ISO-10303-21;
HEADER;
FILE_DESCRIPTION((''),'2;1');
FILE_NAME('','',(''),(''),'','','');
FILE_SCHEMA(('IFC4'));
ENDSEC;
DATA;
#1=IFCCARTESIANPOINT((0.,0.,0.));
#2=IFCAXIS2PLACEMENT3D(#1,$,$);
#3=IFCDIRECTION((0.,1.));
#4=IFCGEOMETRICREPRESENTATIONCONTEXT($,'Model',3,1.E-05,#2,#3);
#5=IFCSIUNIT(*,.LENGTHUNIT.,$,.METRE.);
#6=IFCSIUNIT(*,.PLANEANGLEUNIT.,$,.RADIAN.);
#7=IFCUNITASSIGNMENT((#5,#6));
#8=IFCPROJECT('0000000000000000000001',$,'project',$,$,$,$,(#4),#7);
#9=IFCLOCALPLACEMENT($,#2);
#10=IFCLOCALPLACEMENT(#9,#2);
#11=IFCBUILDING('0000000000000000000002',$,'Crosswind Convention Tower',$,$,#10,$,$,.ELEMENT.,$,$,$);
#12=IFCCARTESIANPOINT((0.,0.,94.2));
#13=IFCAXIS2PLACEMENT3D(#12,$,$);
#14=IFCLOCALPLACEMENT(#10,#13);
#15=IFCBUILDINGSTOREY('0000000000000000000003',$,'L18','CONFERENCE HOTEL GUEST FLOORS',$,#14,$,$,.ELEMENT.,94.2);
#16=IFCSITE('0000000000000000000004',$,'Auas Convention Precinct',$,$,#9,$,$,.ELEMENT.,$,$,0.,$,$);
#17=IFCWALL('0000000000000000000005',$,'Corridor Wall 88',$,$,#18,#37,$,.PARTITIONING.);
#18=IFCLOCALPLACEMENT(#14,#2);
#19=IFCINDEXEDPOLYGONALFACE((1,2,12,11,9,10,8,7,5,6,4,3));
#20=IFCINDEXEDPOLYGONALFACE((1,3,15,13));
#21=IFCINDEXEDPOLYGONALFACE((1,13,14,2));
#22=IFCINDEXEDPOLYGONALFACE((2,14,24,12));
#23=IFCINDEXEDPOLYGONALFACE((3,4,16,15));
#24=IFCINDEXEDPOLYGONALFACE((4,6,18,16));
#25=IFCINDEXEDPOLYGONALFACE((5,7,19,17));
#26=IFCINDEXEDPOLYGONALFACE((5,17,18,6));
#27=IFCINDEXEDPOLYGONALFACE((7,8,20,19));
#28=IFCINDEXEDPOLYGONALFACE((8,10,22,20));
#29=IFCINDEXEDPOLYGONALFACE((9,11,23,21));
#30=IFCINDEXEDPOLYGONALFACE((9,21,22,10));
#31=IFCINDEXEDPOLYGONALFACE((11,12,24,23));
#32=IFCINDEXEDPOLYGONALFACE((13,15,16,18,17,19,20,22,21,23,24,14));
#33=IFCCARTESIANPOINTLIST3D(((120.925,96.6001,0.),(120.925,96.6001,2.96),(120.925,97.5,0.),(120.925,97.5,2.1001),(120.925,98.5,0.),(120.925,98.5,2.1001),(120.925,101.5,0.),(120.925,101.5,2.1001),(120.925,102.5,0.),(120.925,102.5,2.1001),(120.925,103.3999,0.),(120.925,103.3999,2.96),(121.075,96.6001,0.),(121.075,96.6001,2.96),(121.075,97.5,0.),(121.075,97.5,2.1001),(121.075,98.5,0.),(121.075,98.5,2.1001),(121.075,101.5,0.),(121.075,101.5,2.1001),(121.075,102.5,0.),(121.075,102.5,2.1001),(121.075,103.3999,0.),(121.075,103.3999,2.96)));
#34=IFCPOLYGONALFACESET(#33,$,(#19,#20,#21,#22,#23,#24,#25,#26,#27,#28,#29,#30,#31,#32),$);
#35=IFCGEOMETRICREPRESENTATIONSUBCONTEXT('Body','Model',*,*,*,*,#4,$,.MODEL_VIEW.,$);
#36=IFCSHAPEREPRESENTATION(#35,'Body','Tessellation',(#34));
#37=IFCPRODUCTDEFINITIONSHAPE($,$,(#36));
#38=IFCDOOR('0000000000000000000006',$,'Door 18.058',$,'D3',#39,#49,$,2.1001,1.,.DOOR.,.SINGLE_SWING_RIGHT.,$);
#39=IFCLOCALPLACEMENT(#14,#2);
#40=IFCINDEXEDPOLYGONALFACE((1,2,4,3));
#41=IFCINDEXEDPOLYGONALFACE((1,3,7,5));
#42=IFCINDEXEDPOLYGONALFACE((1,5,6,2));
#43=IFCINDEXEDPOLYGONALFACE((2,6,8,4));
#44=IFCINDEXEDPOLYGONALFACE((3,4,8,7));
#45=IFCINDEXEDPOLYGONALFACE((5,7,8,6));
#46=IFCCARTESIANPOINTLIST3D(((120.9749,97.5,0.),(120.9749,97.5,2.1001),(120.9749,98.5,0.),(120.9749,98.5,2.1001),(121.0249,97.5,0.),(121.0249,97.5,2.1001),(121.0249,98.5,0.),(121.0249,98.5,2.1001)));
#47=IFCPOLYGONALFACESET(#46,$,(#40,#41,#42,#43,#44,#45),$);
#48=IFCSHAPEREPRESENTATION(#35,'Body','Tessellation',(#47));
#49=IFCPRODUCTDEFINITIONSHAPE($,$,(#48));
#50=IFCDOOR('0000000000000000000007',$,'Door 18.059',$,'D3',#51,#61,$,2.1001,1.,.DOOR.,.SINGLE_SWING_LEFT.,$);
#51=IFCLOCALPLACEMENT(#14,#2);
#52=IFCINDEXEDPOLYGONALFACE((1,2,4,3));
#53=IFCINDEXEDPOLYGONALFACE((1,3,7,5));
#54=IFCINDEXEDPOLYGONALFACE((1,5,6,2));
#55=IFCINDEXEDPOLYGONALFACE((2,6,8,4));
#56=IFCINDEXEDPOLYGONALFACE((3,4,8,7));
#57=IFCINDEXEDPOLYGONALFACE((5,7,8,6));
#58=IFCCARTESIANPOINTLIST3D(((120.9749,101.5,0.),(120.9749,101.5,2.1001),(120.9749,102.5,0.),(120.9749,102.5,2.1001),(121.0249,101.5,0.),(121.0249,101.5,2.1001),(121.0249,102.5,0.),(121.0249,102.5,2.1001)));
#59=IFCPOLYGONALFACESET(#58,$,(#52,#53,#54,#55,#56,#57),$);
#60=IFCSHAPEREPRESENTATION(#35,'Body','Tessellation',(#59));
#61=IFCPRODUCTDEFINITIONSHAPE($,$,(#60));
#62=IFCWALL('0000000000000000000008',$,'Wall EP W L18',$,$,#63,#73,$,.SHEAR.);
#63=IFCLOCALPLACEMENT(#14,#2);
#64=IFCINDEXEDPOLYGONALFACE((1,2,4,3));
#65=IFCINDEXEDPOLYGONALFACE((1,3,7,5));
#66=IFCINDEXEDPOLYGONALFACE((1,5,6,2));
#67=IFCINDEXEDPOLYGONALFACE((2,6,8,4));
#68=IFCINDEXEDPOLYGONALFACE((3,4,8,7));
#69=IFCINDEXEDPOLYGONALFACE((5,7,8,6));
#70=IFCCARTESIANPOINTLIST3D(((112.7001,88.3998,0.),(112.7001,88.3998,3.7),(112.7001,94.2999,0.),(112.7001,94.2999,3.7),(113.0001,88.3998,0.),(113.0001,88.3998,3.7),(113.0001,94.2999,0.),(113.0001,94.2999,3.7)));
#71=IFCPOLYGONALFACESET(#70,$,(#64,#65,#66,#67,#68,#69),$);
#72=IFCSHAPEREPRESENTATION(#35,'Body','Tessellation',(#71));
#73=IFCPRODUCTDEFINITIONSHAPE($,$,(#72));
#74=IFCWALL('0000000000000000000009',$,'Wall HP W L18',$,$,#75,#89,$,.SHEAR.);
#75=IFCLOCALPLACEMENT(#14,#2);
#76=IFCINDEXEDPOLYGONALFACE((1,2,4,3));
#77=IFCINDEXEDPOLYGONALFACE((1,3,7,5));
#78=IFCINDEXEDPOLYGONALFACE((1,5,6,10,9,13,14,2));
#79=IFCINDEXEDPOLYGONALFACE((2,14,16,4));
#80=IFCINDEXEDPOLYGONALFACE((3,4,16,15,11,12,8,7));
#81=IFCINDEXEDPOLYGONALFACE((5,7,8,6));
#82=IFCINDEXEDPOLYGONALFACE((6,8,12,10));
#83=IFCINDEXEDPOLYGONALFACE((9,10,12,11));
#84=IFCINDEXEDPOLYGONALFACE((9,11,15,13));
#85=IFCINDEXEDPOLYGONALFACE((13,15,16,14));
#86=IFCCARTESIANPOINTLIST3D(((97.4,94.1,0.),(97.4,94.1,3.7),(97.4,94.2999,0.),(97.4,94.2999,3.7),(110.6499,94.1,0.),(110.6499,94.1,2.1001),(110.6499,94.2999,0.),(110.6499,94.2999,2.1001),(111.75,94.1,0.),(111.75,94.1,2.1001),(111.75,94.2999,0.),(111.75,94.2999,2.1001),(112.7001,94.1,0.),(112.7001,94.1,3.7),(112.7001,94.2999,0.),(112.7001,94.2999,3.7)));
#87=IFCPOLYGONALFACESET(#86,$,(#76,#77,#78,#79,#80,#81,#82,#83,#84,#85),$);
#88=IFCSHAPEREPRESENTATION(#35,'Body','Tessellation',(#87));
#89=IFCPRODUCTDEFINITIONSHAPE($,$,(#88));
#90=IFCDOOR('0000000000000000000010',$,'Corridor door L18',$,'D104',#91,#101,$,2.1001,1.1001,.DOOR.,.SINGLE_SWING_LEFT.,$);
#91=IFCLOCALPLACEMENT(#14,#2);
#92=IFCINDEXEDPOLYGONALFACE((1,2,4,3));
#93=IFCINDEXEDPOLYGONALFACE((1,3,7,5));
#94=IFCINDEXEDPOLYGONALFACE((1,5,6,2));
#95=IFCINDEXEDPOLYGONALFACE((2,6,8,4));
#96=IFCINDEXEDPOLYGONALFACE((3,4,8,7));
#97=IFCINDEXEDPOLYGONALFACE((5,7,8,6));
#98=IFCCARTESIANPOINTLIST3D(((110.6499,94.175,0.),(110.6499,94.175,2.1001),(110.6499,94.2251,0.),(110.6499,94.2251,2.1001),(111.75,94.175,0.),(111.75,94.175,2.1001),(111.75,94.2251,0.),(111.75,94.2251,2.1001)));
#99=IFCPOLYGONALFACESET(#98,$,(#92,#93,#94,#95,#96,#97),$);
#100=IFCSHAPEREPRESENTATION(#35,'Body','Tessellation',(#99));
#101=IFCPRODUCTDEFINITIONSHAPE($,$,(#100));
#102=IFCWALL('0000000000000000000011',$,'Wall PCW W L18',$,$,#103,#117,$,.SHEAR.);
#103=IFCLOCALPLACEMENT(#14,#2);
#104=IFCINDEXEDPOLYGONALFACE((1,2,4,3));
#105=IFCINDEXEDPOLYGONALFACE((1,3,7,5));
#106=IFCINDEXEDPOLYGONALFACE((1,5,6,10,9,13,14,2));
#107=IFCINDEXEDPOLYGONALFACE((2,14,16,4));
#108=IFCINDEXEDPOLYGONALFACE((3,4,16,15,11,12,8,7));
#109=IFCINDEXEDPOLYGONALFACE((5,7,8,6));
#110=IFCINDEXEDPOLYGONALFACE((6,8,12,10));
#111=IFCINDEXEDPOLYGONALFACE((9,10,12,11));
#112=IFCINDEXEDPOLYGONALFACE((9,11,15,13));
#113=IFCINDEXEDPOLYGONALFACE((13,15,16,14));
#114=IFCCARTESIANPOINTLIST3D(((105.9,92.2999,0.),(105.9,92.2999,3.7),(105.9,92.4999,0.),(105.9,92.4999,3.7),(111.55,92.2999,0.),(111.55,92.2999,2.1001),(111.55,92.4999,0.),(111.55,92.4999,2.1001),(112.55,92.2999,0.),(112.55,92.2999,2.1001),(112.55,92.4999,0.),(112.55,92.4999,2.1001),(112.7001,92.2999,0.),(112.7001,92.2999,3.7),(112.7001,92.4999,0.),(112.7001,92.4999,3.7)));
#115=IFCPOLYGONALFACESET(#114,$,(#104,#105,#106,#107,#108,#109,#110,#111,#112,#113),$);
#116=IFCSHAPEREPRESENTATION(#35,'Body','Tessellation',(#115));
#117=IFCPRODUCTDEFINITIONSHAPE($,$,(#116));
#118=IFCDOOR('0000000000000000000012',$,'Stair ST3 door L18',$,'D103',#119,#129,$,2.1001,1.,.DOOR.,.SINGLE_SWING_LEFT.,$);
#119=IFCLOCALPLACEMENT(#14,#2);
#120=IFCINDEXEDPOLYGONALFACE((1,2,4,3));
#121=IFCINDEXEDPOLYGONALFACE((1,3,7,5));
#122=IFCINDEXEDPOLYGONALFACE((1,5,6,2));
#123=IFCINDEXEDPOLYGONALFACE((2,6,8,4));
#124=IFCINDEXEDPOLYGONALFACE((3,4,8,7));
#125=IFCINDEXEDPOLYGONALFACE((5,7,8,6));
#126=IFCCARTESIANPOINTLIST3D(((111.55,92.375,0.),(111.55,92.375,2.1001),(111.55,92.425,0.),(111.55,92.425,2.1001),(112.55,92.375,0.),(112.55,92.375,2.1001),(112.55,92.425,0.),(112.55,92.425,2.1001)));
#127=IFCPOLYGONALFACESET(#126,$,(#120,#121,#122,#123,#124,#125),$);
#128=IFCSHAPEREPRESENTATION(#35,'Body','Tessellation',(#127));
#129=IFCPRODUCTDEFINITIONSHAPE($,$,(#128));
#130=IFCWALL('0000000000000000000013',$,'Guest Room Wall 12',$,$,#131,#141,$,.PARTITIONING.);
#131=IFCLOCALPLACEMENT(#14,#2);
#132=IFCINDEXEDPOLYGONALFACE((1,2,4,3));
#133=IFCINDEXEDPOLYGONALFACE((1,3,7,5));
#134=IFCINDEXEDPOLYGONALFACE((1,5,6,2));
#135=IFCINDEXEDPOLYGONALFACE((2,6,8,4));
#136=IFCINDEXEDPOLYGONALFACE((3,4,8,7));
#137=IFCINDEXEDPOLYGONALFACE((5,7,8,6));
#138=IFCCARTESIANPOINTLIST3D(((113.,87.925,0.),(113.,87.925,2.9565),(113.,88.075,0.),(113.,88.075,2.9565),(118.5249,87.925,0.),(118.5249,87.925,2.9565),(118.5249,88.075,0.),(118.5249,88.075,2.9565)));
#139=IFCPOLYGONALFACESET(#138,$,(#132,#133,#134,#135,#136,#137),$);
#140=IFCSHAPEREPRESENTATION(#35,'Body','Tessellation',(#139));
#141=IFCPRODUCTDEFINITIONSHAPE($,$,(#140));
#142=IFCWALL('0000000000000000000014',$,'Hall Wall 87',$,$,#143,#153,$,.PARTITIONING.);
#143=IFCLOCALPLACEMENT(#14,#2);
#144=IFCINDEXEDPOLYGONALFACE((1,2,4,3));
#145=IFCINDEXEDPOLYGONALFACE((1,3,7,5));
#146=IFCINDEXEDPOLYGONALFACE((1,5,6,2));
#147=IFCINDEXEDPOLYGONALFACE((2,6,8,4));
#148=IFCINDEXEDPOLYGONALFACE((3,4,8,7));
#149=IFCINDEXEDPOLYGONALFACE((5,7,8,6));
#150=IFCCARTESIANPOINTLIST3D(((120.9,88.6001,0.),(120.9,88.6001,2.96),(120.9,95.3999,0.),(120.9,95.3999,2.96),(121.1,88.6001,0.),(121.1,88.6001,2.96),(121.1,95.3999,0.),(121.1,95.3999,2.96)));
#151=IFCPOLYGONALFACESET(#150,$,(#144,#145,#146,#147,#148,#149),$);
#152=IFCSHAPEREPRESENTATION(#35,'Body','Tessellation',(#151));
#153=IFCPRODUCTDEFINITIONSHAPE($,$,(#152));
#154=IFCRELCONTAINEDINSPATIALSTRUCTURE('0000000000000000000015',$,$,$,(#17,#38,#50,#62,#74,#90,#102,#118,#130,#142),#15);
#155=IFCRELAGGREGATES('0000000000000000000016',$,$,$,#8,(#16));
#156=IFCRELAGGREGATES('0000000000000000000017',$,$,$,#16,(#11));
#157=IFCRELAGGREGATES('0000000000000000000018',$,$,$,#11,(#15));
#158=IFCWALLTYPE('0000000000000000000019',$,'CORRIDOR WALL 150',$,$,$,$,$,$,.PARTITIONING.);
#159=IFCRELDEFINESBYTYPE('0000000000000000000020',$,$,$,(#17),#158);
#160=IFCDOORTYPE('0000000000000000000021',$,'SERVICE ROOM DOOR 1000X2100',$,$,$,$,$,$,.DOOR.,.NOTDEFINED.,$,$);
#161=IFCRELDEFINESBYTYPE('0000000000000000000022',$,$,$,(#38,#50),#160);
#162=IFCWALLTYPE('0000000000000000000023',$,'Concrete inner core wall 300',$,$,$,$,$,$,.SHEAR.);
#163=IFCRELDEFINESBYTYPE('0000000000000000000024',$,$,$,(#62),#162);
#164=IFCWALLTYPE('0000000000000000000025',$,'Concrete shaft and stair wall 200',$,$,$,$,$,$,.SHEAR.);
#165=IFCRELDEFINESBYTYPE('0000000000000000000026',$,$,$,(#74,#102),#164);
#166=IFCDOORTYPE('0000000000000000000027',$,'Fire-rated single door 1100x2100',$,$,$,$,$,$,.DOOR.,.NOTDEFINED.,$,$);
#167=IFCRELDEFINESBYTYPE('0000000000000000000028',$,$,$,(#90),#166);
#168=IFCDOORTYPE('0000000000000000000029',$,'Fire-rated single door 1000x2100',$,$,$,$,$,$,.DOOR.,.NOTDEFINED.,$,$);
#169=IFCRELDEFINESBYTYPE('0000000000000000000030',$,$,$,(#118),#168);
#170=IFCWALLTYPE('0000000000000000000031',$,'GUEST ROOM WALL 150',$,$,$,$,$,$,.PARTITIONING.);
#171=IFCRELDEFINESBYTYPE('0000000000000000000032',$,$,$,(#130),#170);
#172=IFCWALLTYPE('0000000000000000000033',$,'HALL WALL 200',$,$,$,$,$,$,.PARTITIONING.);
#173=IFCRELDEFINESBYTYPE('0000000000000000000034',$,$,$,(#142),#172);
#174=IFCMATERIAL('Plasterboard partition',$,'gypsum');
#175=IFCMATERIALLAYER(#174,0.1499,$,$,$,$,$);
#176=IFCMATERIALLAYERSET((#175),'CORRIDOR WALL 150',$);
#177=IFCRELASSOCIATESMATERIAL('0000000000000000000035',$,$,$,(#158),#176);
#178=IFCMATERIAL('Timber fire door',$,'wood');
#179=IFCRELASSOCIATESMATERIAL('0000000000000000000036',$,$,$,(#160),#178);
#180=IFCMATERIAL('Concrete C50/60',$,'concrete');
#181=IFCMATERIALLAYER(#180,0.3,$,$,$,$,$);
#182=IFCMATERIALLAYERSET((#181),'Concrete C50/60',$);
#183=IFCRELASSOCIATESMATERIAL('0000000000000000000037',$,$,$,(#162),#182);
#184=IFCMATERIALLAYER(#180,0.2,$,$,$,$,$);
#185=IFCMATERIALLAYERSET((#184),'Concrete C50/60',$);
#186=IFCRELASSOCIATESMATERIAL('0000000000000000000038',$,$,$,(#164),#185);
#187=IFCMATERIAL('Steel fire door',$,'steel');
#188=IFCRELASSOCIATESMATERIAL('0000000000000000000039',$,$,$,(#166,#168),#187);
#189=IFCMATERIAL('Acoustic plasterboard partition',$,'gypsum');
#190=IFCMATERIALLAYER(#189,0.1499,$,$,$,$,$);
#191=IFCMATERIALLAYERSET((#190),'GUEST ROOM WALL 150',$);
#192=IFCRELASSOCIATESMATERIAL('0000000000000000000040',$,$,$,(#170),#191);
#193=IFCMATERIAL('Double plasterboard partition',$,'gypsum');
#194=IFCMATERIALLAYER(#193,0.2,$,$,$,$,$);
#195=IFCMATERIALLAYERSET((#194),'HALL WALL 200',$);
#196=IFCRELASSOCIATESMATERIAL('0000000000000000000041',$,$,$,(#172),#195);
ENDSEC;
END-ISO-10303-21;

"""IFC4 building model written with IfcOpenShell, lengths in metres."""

from ifc_helpers import new_model, si_unit, direction, frame, frame_2d, origin, place, context, subcontext, project, spatial, rectangle, extrude, material, layer, layer_set, type_object, element, fill, save


model = new_model("IFC4")

# Units and contexts
model_context = context("Model", 3, precision=1e-05, world=origin(), true_north=direction((0.0, 1.0)))
body_context = subcontext(model_context, "Body", "Model", "MODEL_VIEW")
ifc_project = project(units=[si_unit("LENGTHUNIT", "METRE"), si_unit("PLANEANGLEUNIT", "RADIAN")], contexts=[model_context])

# Site, building, storey
site_placement = place(None, origin())
site = spatial("IfcSite", under=ifc_project, at=site_placement, Name="Auas Convention Precinct", CompositionType="ELEMENT", RefElevation=0.0)
building_placement = place(site_placement, origin())
building = spatial("IfcBuilding", under=site, at=building_placement, Name="Crosswind Convention Tower", CompositionType="ELEMENT")
storey_placement = place(building_placement, frame((0.0, 0.0, 94.2)))
storey = spatial("IfcBuildingStorey", under=building, at=storey_placement, Name="L18", Description="CONFERENCE HOTEL GUEST FLOORS", CompositionType="ELEMENT", Elevation=94.2)

# Shared definitions
ifc_material_1 = material(Name="Plasterboard partition", Category="gypsum")
ifc_layer_1 = layer(ifc_material_1, 0.1499)
ifc_layer_set_1 = layer_set([ifc_layer_1], Name="CORRIDOR WALL 150")
wall_type_1 = type_object("IfcWallType", Name="CORRIDOR WALL 150", PredefinedType="PARTITIONING", material=ifc_layer_set_1)

# Shared definitions
ifc_material_2 = material(Name="Timber fire door", Category="wood")
door_type_1 = type_object("IfcDoorType", Name="SERVICE ROOM DOOR 1000X2100", OperationType="NOTDEFINED", PredefinedType="DOOR", material=ifc_material_2)

# Wall, openings, doors
wall_1_placement = place(storey_placement, frame((121.0, 96.6001, 0.0), z_axis=(0.0, 0.0, 1.0), x_axis=(0.0, 1.0, 0.0)))
wall_1 = element("IfcWall", 1, at=wall_1_placement, inside=storey, type_object=wall_type_1, Name="Corridor Wall 88", PredefinedType="PARTITIONING", context=body_context, shape_type="SweptSolid", body=[
    extrude(rectangle(XDim=6.7998, YDim=0.1499, at=frame_2d((3.3999, 0.0))), origin(), (0.0, 0.0, 1.0), 2.96),
])
opening_1_placement = place(wall_1_placement, frame((0.8999, 0.0, 0.0)))
opening_1 = element("IfcOpeningElement", 2, at=opening_1_placement, cuts=wall_1, PredefinedType="OPENING", context=body_context, shape_type="SweptSolid", body=[
    extrude(rectangle(XDim=1.0, YDim=2.1001, at=frame_2d((0.5, 1.05))), frame((0.0, 0.085, 0.0), z_axis=(0.0, -1.0, 0.0), x_axis=(1.0, 0.0, 0.0)), (0.0, 0.0, 1.0), 0.1699),
])
opening_2_placement = place(wall_1_placement, frame((4.8999, 0.0, 0.0)))
opening_2 = element("IfcOpeningElement", 3, at=opening_2_placement, cuts=wall_1, PredefinedType="OPENING", context=body_context, shape_type="SweptSolid", body=[
    extrude(rectangle(XDim=1.0, YDim=2.1001, at=frame_2d((0.5, 1.05))), frame((0.0, 0.085, 0.0), z_axis=(0.0, -1.0, 0.0), x_axis=(1.0, 0.0, 0.0)), (0.0, 0.0, 1.0), 0.1699),
])
door_1_placement = place(opening_1_placement, frame((1.0, 0.0, 0.0), z_axis=(0.0, 0.0, 1.0), x_axis=(-1.0, 0.0, 0.0)))
door_1 = element("IfcDoor", 4, at=door_1_placement, inside=storey, type_object=door_type_1, Name="Door 18.058", ObjectType="D3", OperationType="SINGLE_SWING_RIGHT", OverallHeight=2.1001, OverallWidth=1.0, PredefinedType="DOOR", context=body_context, shape_type="SweptSolid", body=[
    extrude(rectangle(XDim=1.0, YDim=2.1001, at=frame_2d((0.5, 1.05))), frame((0.0, 0.0249, 0.0), z_axis=(0.0, -1.0, 0.0), x_axis=(1.0, 0.0, 0.0)), (0.0, 0.0, 1.0), 0.05),
])
fill(opening_1, door_1)
door_2_placement = place(opening_2_placement, frame((1.0, 0.0, 0.0), z_axis=(0.0, 0.0, 1.0), x_axis=(-1.0, 0.0, 0.0)))
door_2 = element("IfcDoor", 5, at=door_2_placement, inside=storey, type_object=door_type_1, Name="Door 18.059", ObjectType="D3", OperationType="SINGLE_SWING_LEFT", OverallHeight=2.1001, OverallWidth=1.0, PredefinedType="DOOR", context=body_context, shape_type="SweptSolid", body=[
    extrude(rectangle(XDim=1.0, YDim=2.1001, at=frame_2d((0.5, 1.05))), frame((0.0, 0.0249, 0.0), z_axis=(0.0, -1.0, 0.0), x_axis=(1.0, 0.0, 0.0)), (0.0, 0.0, 1.0), 0.05),
])
fill(opening_2, door_2)

# Wall
ifc_material_3 = material(Name="Concrete C50/60", Category="concrete")
ifc_layer_2 = layer(ifc_material_3, 0.3)
ifc_layer_set_2 = layer_set([ifc_layer_2], Name="Concrete C50/60")
wall_type_2 = type_object("IfcWallType", Name="Concrete inner core wall 300", PredefinedType="SHEAR", material=ifc_layer_set_2)
wall_2_placement = place(storey_placement, frame((112.8501, 94.3, 0.0), z_axis=(0.0, 0.0, 1.0), x_axis=(0.0, -1.0, 0.0)))
element("IfcWall", 6, at=wall_2_placement, inside=storey, type_object=wall_type_2, Name="Wall EP W L18", PredefinedType="SHEAR", context=body_context, shape_type="SweptSolid", body=[
    extrude(rectangle(XDim=5.9001, YDim=0.3, at=frame_2d((2.9502, 0.0))), origin(), (0.0, 0.0, 1.0), 3.7),
])

# Walls, openings, doors
ifc_layer_3 = layer(ifc_material_3, 0.2)
ifc_layer_set_3 = layer_set([ifc_layer_3], Name="Concrete C50/60")
wall_type_3 = type_object("IfcWallType", Name="Concrete shaft and stair wall 200", PredefinedType="SHEAR", material=ifc_layer_set_3)
wall_3_placement = place(storey_placement, frame((112.7, 94.2, 0.0), z_axis=(0.0, 0.0, 1.0), x_axis=(-1.0, 0.0, 0.0)))
wall_3 = element("IfcWall", 7, at=wall_3_placement, inside=storey, type_object=wall_type_3, Name="Wall HP W L18", PredefinedType="SHEAR", context=body_context, shape_type="SweptSolid", body=[
    extrude(rectangle(XDim=15.3, YDim=0.2, at=frame_2d((7.6499, 0.0))), origin(), (0.0, 0.0, 1.0), 3.7),
])
opening_3_placement = place(wall_3_placement, frame((0.95, 0.0, 0.0)))
opening_3 = element("IfcOpeningElement", 8, at=opening_3_placement, cuts=wall_3, PredefinedType="OPENING", context=body_context, shape_type="SweptSolid", body=[
    extrude(rectangle(XDim=1.1001, YDim=2.1001, at=frame_2d((0.55, 1.05))), frame((0.0, 0.1099, 0.0), z_axis=(0.0, -1.0, 0.0), x_axis=(1.0, 0.0, 0.0)), (0.0, 0.0, 1.0), 0.22),
])
ifc_material_4 = material(Name="Steel fire door", Category="steel")
door_type_2 = type_object("IfcDoorType", Name="Fire-rated single door 1100x2100", OperationType="NOTDEFINED", PredefinedType="DOOR", material=ifc_material_4)
door_3_placement = place(opening_3_placement, origin())
door_3 = element("IfcDoor", 9, at=door_3_placement, inside=storey, type_object=door_type_2, Name="Corridor door L18", ObjectType="D104", OperationType="SINGLE_SWING_LEFT", OverallHeight=2.1001, OverallWidth=1.1001, PredefinedType="DOOR", context=body_context, shape_type="SweptSolid", body=[
    extrude(rectangle(XDim=1.1001, YDim=2.1001, at=frame_2d((0.55, 1.05))), frame((0.0, 0.0249, 0.0), z_axis=(0.0, -1.0, 0.0), x_axis=(1.0, 0.0, 0.0)), (0.0, 0.0, 1.0), 0.05),
])
fill(opening_3, door_3)
wall_4_placement = place(storey_placement, frame((112.7, 92.3999, 0.0), z_axis=(0.0, 0.0, 1.0), x_axis=(-1.0, 0.0, 0.0)))
wall_4 = element("IfcWall", 10, at=wall_4_placement, inside=storey, type_object=wall_type_3, Name="Wall PCW W L18", PredefinedType="SHEAR", context=body_context, shape_type="SweptSolid", body=[
    extrude(rectangle(XDim=6.8, YDim=0.2, at=frame_2d((3.3999, 0.0))), origin(), (0.0, 0.0, 1.0), 3.7),
])
opening_4_placement = place(wall_4_placement, frame((0.1499, 0.0, 0.0)))
opening_4 = element("IfcOpeningElement", 11, at=opening_4_placement, cuts=wall_4, PredefinedType="OPENING", context=body_context, shape_type="SweptSolid", body=[
    extrude(rectangle(XDim=1.0, YDim=2.1001, at=frame_2d((0.5, 1.05))), frame((0.0, 0.1099, 0.0), z_axis=(0.0, -1.0, 0.0), x_axis=(1.0, 0.0, 0.0)), (0.0, 0.0, 1.0), 0.22),
])
door_type_3 = type_object("IfcDoorType", Name="Fire-rated single door 1000x2100", OperationType="NOTDEFINED", PredefinedType="DOOR", material=ifc_material_4)
door_4_placement = place(opening_4_placement, origin())
door_4 = element("IfcDoor", 12, at=door_4_placement, inside=storey, type_object=door_type_3, Name="Stair ST3 door L18", ObjectType="D103", OperationType="SINGLE_SWING_LEFT", OverallHeight=2.1001, OverallWidth=1.0, PredefinedType="DOOR", context=body_context, shape_type="SweptSolid", body=[
    extrude(rectangle(XDim=1.0, YDim=2.1001, at=frame_2d((0.5, 1.05))), frame((0.0, 0.0249, 0.0), z_axis=(0.0, -1.0, 0.0), x_axis=(1.0, 0.0, 0.0)), (0.0, 0.0, 1.0), 0.05),
])
fill(opening_4, door_4)

# Walls
ifc_material_5 = material(Name="Acoustic plasterboard partition", Category="gypsum")
ifc_layer_4 = layer(ifc_material_5, 0.1499)
ifc_layer_set_4 = layer_set([ifc_layer_4], Name="GUEST ROOM WALL 150")
wall_type_4 = type_object("IfcWallType", Name="GUEST ROOM WALL 150", PredefinedType="PARTITIONING", material=ifc_layer_set_4)
wall_5_placement = place(storey_placement, frame((113.0, 88.0, 0.0), z_axis=(0.0, 0.0, 1.0), x_axis=(1.0, 0.0, 0.0)))
element("IfcWall", 13, at=wall_5_placement, inside=storey, type_object=wall_type_4, Name="Guest Room Wall 12", PredefinedType="PARTITIONING", context=body_context, shape_type="SweptSolid", body=[
    extrude(rectangle(XDim=5.5249, YDim=0.1499, at=frame_2d((2.7625, 0.0))), origin(), (0.0, 0.0, 1.0), 2.9565),
])
ifc_material_6 = material(Name="Double plasterboard partition", Category="gypsum")
ifc_layer_5 = layer(ifc_material_6, 0.2)
ifc_layer_set_5 = layer_set([ifc_layer_5], Name="HALL WALL 200")
wall_type_5 = type_object("IfcWallType", Name="HALL WALL 200", PredefinedType="PARTITIONING", material=ifc_layer_set_5)
wall_6_placement = place(storey_placement, frame((121.0, 88.6001, 0.0), z_axis=(0.0, 0.0, 1.0), x_axis=(0.0, 1.0, 0.0)))
element("IfcWall", 14, at=wall_6_placement, inside=storey, type_object=wall_type_5, Name="Hall Wall 87", PredefinedType="PARTITIONING", context=body_context, shape_type="SweptSolid", body=[
    extrude(rectangle(XDim=6.7998, YDim=0.2, at=frame_2d((3.3999, 0.0))), origin(), (0.0, 0.0, 1.0), 2.96),
])

save(model, "model.ifc")
